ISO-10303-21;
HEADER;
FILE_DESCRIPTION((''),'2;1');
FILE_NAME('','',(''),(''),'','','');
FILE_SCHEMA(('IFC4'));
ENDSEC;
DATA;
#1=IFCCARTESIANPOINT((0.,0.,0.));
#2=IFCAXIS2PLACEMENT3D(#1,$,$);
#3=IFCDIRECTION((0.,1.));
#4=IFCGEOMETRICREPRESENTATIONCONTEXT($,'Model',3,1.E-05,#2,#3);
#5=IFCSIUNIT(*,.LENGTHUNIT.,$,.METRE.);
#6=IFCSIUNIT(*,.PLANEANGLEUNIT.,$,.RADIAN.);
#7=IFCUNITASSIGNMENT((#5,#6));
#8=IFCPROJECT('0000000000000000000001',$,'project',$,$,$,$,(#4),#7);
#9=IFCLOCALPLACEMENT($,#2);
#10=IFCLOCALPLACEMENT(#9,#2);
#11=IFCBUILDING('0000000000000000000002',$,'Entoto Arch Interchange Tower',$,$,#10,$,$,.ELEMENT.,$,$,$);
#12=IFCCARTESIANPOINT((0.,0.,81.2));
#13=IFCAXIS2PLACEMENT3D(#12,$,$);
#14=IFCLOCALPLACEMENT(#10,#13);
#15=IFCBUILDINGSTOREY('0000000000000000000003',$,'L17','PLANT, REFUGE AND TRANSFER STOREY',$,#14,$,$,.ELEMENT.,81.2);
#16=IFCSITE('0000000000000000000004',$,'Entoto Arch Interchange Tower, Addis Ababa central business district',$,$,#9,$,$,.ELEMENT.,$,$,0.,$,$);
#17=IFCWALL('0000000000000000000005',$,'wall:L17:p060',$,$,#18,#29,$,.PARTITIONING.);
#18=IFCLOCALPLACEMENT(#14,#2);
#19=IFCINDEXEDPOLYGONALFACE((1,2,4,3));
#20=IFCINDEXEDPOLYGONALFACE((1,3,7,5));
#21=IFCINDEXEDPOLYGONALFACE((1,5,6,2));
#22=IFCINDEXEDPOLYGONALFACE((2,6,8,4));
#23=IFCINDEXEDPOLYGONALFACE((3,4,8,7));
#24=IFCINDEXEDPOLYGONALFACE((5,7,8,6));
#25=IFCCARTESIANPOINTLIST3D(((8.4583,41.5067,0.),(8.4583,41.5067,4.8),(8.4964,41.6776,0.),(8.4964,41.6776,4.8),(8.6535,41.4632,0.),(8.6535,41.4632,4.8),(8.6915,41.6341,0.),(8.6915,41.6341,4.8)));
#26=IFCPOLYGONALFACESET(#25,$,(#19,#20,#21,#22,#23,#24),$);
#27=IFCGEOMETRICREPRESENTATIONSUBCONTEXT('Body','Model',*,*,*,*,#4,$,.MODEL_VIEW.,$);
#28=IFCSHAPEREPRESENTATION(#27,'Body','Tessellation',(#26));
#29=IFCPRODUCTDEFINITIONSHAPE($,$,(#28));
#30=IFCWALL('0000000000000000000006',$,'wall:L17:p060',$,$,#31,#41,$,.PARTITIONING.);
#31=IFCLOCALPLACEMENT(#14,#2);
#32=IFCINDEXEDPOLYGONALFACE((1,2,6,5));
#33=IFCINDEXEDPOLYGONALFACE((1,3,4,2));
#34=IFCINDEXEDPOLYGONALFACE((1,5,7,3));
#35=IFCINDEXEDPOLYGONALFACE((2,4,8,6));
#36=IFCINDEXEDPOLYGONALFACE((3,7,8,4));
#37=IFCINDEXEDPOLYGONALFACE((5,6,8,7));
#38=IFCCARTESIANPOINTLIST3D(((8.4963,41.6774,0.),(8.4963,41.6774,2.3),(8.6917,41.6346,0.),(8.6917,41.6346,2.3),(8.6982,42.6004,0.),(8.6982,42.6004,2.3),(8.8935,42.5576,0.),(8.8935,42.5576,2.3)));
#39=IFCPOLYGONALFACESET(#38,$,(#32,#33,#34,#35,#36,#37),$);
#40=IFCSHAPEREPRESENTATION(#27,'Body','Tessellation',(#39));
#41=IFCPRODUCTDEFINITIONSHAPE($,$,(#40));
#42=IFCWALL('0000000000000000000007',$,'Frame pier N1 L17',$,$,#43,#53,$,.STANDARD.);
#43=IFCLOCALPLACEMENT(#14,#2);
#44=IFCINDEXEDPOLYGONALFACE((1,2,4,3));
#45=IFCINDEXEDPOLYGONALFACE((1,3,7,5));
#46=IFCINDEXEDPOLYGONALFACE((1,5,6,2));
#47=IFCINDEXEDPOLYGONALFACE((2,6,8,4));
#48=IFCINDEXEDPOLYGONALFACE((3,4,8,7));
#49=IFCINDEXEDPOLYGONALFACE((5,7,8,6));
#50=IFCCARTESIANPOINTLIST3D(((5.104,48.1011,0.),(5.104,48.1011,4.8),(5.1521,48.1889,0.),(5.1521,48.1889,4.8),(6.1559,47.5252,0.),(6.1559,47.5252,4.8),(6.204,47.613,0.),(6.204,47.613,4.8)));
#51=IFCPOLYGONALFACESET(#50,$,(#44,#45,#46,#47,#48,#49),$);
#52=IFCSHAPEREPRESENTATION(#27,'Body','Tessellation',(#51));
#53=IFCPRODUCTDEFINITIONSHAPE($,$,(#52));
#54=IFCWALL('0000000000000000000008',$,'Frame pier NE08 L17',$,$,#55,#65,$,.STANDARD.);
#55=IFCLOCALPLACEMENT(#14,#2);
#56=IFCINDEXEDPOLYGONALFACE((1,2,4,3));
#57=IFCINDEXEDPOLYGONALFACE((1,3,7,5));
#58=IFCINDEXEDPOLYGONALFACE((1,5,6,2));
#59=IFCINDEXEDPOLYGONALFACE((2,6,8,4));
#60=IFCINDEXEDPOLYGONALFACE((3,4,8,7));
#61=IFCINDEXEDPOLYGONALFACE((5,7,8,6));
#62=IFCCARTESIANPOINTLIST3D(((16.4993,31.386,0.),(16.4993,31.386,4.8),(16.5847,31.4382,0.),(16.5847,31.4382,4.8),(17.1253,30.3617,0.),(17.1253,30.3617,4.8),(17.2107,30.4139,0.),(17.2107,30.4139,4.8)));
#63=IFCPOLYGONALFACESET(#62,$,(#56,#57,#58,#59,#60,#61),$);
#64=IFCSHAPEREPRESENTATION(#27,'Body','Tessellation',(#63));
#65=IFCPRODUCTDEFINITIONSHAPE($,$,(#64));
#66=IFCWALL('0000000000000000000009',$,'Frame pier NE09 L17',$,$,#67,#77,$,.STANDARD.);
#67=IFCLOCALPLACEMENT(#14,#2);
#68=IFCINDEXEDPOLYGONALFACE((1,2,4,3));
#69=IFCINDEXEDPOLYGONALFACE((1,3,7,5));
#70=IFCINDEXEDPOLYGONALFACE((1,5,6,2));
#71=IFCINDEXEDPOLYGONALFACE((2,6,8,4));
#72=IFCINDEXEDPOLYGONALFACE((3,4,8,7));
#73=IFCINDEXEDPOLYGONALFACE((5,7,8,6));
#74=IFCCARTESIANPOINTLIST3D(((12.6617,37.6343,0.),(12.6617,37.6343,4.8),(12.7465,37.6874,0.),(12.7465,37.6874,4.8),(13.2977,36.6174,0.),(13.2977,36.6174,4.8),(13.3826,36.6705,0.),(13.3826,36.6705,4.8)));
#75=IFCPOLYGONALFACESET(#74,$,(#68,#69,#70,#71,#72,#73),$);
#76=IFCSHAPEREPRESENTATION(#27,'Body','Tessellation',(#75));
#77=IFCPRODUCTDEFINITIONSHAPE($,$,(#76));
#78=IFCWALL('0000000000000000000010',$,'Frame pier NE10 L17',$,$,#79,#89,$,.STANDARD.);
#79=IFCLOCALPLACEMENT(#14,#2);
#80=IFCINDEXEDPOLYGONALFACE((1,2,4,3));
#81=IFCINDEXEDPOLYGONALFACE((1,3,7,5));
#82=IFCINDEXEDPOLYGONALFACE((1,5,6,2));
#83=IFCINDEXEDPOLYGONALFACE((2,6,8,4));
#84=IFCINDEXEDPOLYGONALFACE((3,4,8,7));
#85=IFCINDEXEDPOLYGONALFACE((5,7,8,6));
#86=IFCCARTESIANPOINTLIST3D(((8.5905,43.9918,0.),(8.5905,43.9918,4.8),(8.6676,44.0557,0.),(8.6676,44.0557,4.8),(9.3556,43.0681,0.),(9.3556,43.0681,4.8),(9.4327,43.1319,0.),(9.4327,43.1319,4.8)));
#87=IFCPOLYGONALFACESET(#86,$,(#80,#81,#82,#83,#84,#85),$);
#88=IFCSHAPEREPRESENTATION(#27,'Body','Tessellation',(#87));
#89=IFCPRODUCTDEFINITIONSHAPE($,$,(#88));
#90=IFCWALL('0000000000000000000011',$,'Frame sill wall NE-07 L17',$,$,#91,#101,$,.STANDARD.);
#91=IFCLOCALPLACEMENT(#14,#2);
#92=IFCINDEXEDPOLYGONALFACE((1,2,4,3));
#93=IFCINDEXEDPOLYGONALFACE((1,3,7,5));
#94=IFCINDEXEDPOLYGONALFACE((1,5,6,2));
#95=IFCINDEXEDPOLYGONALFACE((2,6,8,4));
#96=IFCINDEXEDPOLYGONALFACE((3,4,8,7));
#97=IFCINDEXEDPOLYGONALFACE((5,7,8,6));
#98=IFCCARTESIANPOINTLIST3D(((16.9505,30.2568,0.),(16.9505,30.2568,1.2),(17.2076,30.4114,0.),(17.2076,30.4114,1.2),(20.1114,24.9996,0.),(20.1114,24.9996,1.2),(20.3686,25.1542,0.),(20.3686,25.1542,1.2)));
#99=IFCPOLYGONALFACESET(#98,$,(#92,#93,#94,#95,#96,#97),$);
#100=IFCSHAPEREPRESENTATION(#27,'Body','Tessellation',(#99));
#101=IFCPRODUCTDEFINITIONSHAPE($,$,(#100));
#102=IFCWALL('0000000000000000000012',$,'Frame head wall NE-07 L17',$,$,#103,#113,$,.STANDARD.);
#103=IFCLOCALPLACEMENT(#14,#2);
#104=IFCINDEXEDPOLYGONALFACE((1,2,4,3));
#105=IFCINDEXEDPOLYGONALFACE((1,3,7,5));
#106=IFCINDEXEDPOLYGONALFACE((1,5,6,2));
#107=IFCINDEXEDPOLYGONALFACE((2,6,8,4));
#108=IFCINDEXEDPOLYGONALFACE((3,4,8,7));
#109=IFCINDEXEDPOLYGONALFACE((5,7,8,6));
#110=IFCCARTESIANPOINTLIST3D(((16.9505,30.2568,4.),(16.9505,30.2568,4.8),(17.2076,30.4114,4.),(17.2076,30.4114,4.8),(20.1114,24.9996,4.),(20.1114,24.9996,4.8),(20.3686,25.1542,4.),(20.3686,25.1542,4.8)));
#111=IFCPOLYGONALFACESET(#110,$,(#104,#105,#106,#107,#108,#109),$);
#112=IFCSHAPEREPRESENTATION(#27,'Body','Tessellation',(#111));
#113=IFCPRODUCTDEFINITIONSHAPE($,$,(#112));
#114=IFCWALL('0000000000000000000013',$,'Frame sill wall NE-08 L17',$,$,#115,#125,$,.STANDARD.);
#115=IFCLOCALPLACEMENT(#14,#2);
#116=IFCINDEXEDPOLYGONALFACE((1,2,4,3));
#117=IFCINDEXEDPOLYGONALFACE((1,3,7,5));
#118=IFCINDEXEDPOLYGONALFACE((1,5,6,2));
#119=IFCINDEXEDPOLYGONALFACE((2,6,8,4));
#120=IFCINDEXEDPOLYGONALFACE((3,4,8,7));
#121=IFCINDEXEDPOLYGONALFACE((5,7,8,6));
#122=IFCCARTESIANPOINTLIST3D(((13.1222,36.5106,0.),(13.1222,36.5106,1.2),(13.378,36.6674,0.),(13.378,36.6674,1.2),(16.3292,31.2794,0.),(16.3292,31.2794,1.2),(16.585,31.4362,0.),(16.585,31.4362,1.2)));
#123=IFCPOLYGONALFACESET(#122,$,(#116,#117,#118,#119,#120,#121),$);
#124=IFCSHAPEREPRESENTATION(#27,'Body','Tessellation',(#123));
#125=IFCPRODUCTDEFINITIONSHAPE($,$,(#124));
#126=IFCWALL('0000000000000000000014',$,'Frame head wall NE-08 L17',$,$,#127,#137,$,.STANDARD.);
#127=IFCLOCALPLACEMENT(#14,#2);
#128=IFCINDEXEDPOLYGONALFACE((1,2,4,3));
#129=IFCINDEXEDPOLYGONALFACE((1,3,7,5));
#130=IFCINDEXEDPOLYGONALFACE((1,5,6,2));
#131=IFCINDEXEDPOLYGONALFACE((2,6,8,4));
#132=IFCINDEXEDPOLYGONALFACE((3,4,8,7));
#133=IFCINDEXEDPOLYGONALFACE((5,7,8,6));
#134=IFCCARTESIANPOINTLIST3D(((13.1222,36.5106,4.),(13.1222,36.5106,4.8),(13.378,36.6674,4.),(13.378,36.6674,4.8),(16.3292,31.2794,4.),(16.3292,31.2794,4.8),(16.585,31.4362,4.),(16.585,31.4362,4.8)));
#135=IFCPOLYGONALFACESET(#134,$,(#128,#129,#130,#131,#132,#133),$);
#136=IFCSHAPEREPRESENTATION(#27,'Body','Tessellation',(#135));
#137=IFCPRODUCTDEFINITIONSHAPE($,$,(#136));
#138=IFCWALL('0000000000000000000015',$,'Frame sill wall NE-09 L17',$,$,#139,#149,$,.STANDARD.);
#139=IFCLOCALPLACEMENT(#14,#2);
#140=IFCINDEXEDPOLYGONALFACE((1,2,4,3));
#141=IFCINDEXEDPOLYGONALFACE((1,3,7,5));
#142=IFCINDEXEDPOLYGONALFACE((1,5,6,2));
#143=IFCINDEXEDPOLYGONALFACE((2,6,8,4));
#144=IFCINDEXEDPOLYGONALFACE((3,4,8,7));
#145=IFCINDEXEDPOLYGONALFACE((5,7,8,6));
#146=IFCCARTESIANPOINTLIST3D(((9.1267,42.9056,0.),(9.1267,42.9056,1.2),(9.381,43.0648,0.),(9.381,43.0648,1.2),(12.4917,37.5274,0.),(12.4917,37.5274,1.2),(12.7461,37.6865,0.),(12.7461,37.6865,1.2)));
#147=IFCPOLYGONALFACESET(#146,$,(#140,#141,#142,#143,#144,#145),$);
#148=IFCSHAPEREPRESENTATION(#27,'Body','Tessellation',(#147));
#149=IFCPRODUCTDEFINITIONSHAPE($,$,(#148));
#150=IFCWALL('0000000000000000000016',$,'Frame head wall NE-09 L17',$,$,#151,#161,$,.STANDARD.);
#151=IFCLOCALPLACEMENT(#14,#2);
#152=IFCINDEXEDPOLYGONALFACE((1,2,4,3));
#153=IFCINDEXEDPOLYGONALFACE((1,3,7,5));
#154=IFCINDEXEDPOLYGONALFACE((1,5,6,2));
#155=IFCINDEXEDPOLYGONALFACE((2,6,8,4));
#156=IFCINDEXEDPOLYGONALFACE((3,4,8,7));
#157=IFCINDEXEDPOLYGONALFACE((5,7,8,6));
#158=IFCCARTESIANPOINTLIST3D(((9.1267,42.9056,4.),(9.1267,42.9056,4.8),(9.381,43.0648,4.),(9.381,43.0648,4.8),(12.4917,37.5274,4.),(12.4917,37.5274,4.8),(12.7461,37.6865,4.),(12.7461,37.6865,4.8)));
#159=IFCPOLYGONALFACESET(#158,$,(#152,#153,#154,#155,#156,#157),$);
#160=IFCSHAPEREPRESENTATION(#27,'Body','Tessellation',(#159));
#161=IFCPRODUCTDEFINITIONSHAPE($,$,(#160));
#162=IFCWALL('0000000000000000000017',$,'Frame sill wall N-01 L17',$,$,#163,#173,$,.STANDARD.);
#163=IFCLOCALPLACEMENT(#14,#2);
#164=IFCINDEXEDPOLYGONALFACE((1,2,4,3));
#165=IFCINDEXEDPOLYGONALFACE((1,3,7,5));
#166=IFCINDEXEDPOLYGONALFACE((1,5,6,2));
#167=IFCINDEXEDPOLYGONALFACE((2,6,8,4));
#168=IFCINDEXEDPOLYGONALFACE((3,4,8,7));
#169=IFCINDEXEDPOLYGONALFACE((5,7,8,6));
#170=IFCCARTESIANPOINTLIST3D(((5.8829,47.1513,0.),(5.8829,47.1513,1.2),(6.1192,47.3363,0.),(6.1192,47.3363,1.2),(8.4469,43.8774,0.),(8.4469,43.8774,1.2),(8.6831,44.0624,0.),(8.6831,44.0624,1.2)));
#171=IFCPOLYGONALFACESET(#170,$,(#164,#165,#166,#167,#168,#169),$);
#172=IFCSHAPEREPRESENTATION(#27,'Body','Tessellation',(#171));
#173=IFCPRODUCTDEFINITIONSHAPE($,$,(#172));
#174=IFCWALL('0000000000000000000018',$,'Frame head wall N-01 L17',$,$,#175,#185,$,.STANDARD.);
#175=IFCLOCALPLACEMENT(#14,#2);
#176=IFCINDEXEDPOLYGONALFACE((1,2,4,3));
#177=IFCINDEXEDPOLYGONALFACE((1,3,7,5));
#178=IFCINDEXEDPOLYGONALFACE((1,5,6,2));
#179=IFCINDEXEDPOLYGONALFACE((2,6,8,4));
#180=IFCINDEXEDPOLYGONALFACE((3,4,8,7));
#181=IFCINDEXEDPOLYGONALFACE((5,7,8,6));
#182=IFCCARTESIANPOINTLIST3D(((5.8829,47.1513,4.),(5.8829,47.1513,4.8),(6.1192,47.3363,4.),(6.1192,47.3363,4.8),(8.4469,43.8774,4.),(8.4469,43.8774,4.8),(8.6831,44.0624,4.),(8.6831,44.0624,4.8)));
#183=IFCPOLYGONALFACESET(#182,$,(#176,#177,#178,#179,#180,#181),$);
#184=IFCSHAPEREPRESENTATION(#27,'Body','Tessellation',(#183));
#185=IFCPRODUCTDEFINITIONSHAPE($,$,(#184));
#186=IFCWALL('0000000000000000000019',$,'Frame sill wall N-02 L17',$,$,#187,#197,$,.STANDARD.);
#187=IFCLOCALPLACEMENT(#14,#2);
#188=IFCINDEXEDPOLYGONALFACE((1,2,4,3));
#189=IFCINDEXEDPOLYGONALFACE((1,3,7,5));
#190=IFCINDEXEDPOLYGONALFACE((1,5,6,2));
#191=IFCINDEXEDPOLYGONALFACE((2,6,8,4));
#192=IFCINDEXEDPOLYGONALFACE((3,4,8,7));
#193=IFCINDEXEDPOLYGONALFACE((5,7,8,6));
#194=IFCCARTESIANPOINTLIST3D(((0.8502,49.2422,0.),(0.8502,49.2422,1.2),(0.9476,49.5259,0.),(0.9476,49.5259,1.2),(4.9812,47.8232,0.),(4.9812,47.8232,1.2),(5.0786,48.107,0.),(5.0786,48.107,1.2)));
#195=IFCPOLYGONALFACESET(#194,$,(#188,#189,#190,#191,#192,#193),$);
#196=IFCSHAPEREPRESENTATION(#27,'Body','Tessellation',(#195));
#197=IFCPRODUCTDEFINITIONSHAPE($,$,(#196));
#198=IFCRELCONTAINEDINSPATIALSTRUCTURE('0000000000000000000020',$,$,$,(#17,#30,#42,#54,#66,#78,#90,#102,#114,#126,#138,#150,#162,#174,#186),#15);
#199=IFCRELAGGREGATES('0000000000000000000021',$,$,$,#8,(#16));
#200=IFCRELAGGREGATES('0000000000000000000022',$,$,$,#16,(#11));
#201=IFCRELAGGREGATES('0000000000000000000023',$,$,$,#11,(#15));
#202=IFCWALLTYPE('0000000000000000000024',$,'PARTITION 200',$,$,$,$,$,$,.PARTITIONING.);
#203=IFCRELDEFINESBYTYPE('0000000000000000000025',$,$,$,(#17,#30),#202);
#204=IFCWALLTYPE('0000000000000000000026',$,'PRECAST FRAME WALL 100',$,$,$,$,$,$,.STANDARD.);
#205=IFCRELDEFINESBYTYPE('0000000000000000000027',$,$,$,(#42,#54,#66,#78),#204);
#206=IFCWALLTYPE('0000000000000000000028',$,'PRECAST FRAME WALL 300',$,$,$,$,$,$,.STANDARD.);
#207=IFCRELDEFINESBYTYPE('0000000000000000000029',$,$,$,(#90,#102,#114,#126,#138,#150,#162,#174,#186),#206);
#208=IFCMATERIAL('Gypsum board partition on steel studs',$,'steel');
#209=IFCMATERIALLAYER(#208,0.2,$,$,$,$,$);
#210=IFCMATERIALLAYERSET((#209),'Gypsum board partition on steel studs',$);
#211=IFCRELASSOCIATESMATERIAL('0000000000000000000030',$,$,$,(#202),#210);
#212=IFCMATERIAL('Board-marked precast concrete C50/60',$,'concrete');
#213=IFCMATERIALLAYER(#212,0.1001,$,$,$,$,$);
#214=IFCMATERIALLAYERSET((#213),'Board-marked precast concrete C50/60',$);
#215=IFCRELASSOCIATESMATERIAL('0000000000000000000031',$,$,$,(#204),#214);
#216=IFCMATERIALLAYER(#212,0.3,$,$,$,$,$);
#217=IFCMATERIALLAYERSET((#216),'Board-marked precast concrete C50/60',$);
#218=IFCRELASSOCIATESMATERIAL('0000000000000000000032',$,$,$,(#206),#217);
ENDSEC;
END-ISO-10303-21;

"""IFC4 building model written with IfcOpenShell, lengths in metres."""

from ifc_helpers import new_model, si_unit, direction, frame, frame_2d, origin, place, context, subcontext, project, spatial, rectangle, extrude, material, layer, layer_set, type_object, element, save


model = new_model("IFC4")

# Units and contexts
model_context = context("Model", 3, precision=1e-05, world=origin(), true_north=direction((0.0, 1.0)))
body_context = subcontext(model_context, "Body", "Model", "MODEL_VIEW")
ifc_project = project(units=[si_unit("LENGTHUNIT", "METRE"), si_unit("PLANEANGLEUNIT", "RADIAN")], contexts=[model_context])

# Site, building, storey
site_placement = place(None, origin())
site = spatial("IfcSite", under=ifc_project, at=site_placement, Name="Entoto Arch Interchange Tower, Addis Ababa central business district", CompositionType="ELEMENT", RefElevation=0.0)
building_placement = place(site_placement, origin())
building = spatial("IfcBuilding", under=site, at=building_placement, Name="Entoto Arch Interchange Tower", CompositionType="ELEMENT")
storey_placement = place(building_placement, frame((0.0, 0.0, 81.2)))
storey = spatial("IfcBuildingStorey", under=building, at=storey_placement, Name="L17", Description="PLANT, REFUGE AND TRANSFER STOREY", CompositionType="ELEMENT", Elevation=81.2)

# Walls
ifc_material_1 = material(Name="Gypsum board partition on steel studs", Category="steel")
ifc_layer_1 = layer(ifc_material_1, 0.2)
ifc_layer_set_1 = layer_set([ifc_layer_1], Name="Gypsum board partition on steel studs")
wall_type_1 = type_object("IfcWallType", Name="PARTITION 200", PredefinedType="PARTITIONING", material=ifc_layer_set_1)
wall_1_placement = place(storey_placement, frame((8.5559, 41.4851, 0.0), z_axis=(0.0, 0.0, 1.0), x_axis=(0.217521, 0.976056, 0.0)))
element("IfcWall", 1, at=wall_1_placement, inside=storey, type_object=wall_type_1, Name="wall:L17:p060", PredefinedType="PARTITIONING", context=body_context, shape_type="SweptSolid", body=[
    extrude(rectangle(XDim=0.175, YDim=0.2, at=frame_2d((0.0874, 0.0))), origin(), (0.0, 0.0, 1.0), 4.8),
])
wall_2_placement = place(storey_placement, frame((8.594, 41.656, 0.0), z_axis=(0.0, 0.0, 1.0), x_axis=(0.213674, 0.976905, 0.0)))
element("IfcWall", 2, at=wall_2_placement, inside=storey, type_object=wall_type_1, Name="wall:L17:p060", PredefinedType="PARTITIONING", context=body_context, shape_type="SweptSolid", body=[
    extrude(rectangle(XDim=0.9448, YDim=0.2, at=frame_2d((0.4724, 0.0))), origin(), (0.0, 0.0, 1.0), 2.3),
])
ifc_material_2 = material(Name="Board-marked precast concrete C50/60", Category="concrete")
ifc_layer_2 = layer(ifc_material_2, 0.1001)
ifc_layer_set_2 = layer_set([ifc_layer_2], Name="Board-marked precast concrete C50/60")
wall_type_2 = type_object("IfcWallType", Name="PRECAST FRAME WALL 100", PredefinedType="STANDARD", material=ifc_layer_set_2)
wall_3_placement = place(storey_placement, frame((6.1799, 47.5691, 0.0), z_axis=(0.0, 0.0, 1.0), x_axis=(-0.877155, 0.480206, 0.0)))
element("IfcWall", 3, at=wall_3_placement, inside=storey, type_object=wall_type_2, Name="Frame pier N1 L17", PredefinedType="STANDARD", context=body_context, shape_type="SweptSolid", body=[
    extrude(rectangle(XDim=1.1992, YDim=0.1001, at=frame_2d((0.5996, 0.0))), origin(), (0.0, 0.0, 1.0), 4.8),
])
wall_4_placement = place(storey_placement, frame((17.168, 30.3879, 0.0), z_axis=(0.0, 0.0, 1.0), x_axis=(-0.521508, 0.853247, 0.0)))
element("IfcWall", 4, at=wall_4_placement, inside=storey, type_object=wall_type_2, Name="Frame pier NE08 L17", PredefinedType="STANDARD", context=body_context, shape_type="SweptSolid", body=[
    extrude(rectangle(XDim=1.2004, YDim=0.1001, at=frame_2d((0.6001, 0.0))), origin(), (0.0, 0.0, 1.0), 4.8),
])
for number, where, z_axis, x_axis, name in (
    (5, (13.3401, 36.644, 0.0), (0.0, 0.0, 1.0), (-0.530273, 0.847827, 0.0), "Frame pier NE09 L17"),
    (6, (9.394, 43.1001, 0.0), (0.0, 0.0, 1.0), (-0.637859, 0.770153, 0.0), "Frame pier NE10 L17"),
):
    element("IfcWall", number, at=place(storey_placement, frame(where, z_axis=z_axis, x_axis=x_axis)), inside=storey, type_object=wall_type_2, Name=name, PredefinedType="STANDARD", context=body_context, shape_type="SweptSolid", body=[
        extrude(rectangle(XDim=1.1995, YDim=0.1001, at=frame_2d((0.5996, 0.0))), origin(), (0.0, 0.0, 1.0), 4.8),
    ])
ifc_layer_3 = layer(ifc_material_2, 0.3)
ifc_layer_set_3 = layer_set([ifc_layer_3], Name="Board-marked precast concrete C50/60")
wall_type_3 = type_object("IfcWallType", Name="PRECAST FRAME WALL 300", PredefinedType="STANDARD", material=ifc_layer_set_3)
wall_5_placement = place(storey_placement, frame((20.24, 25.0769, 0.0), z_axis=(0.0, 0.0, 1.0), x_axis=(-0.515292, 0.857015, 0.0)))
element("IfcWall", 7, at=wall_5_placement, inside=storey, type_object=wall_type_3, Name="Frame sill wall NE-07 L17", PredefinedType="STANDARD", context=body_context, shape_type="SweptSolid", body=[
    extrude(rectangle(XDim=6.1343, YDim=0.3, at=frame_2d((3.0671, 0.0))), origin(), (0.0, 0.0, 1.0), 1.2),
])
wall_6_placement = place(storey_placement, frame((20.24, 25.0769, 4.0), z_axis=(0.0, 0.0, 1.0), x_axis=(-0.515292, 0.857015, 0.0)))
element("IfcWall", 8, at=wall_6_placement, inside=storey, type_object=wall_type_3, Name="Frame head wall NE-07 L17", PredefinedType="STANDARD", context=body_context, shape_type="SweptSolid", body=[
    extrude(rectangle(XDim=6.1343, YDim=0.3, at=frame_2d((3.0671, 0.0))), origin(), (0.0, 0.0, 1.0), 0.8),
])
wall_7_placement = place(storey_placement, frame((16.457, 31.3579, 0.0), z_axis=(0.0, 0.0, 1.0), x_axis=(-0.522658, 0.852542, 0.0)))
element("IfcWall", 9, at=wall_7_placement, inside=storey, type_object=wall_type_3, Name="Frame sill wall NE-08 L17", PredefinedType="STANDARD", context=body_context, shape_type="SweptSolid", body=[
    extrude(rectangle(XDim=6.136, YDim=0.3, at=frame_2d((3.0679, 0.0))), origin(), (0.0, 0.0, 1.0), 1.2),
])
wall_8_placement = place(storey_placement, frame((16.457, 31.3579, 4.0), z_axis=(0.0, 0.0, 1.0), x_axis=(-0.522658, 0.852542, 0.0)))
element("IfcWall", 10, at=wall_8_placement, inside=storey, type_object=wall_type_3, Name="Frame head wall NE-08 L17", PredefinedType="STANDARD", context=body_context, shape_type="SweptSolid", body=[
    extrude(rectangle(XDim=6.136, YDim=0.3, at=frame_2d((3.0679, 0.0))), origin(), (0.0, 0.0, 1.0), 0.8),
])
wall_9_placement = place(storey_placement, frame((12.6189, 37.6069, 0.0), z_axis=(0.0, 0.0, 1.0), x_axis=(-0.530411, 0.847741, 0.0)))
element("IfcWall", 11, at=wall_9_placement, inside=storey, type_object=wall_type_3, Name="Frame sill wall NE-09 L17", PredefinedType="STANDARD", context=body_context, shape_type="SweptSolid", body=[
    extrude(rectangle(XDim=6.3442, YDim=0.3, at=frame_2d((3.1721, 0.0))), origin(), (0.0, 0.0, 1.0), 1.2),
])
wall_10_placement = place(storey_placement, frame((12.6189, 37.6069, 4.0), z_axis=(0.0, 0.0, 1.0), x_axis=(-0.530411, 0.847741, 0.0)))
element("IfcWall", 12, at=wall_10_placement, inside=storey, type_object=wall_type_3, Name="Frame head wall NE-09 L17", PredefinedType="STANDARD", context=body_context, shape_type="SweptSolid", body=[
    extrude(rectangle(XDim=6.3442, YDim=0.3, at=frame_2d((3.1721, 0.0))), origin(), (0.0, 0.0, 1.0), 0.8),
])
wall_11_placement = place(storey_placement, frame((8.5649, 43.97, 0.0), z_axis=(0.0, 0.0, 1.0), x_axis=(-0.616571, 0.787299, 0.0)))
element("IfcWall", 13, at=wall_11_placement, inside=storey, type_object=wall_type_3, Name="Frame sill wall N-01 L17", PredefinedType="STANDARD", context=body_context, shape_type="SweptSolid", body=[
    extrude(rectangle(XDim=4.1584, YDim=0.3, at=frame_2d((2.0791, 0.0))), origin(), (0.0, 0.0, 1.0), 1.2),
])
wall_12_placement = place(storey_placement, frame((8.5649, 43.97, 4.0), z_axis=(0.0, 0.0, 1.0), x_axis=(-0.616571, 0.787299, 0.0)))
element("IfcWall", 14, at=wall_12_placement, inside=storey, type_object=wall_type_3, Name="Frame head wall N-01 L17", PredefinedType="STANDARD", context=body_context, shape_type="SweptSolid", body=[
    extrude(rectangle(XDim=4.1584, YDim=0.3, at=frame_2d((2.0791, 0.0))), origin(), (0.0, 0.0, 1.0), 0.8),
])
wall_13_placement = place(storey_placement, frame((5.03, 47.9651, 0.0), z_axis=(0.0, 0.0, 1.0), x_axis=(-0.945766, 0.32485, 0.0)))
element("IfcWall", 15, at=wall_13_placement, inside=storey, type_object=wall_type_3, Name="Frame sill wall N-02 L17", PredefinedType="STANDARD", context=body_context, shape_type="SweptSolid", body=[
    extrude(rectangle(XDim=4.3679, YDim=0.3, at=frame_2d((2.1841, 0.0))), origin(), (0.0, 0.0, 1.0), 1.2),
])

save(model, "model.ifc")
